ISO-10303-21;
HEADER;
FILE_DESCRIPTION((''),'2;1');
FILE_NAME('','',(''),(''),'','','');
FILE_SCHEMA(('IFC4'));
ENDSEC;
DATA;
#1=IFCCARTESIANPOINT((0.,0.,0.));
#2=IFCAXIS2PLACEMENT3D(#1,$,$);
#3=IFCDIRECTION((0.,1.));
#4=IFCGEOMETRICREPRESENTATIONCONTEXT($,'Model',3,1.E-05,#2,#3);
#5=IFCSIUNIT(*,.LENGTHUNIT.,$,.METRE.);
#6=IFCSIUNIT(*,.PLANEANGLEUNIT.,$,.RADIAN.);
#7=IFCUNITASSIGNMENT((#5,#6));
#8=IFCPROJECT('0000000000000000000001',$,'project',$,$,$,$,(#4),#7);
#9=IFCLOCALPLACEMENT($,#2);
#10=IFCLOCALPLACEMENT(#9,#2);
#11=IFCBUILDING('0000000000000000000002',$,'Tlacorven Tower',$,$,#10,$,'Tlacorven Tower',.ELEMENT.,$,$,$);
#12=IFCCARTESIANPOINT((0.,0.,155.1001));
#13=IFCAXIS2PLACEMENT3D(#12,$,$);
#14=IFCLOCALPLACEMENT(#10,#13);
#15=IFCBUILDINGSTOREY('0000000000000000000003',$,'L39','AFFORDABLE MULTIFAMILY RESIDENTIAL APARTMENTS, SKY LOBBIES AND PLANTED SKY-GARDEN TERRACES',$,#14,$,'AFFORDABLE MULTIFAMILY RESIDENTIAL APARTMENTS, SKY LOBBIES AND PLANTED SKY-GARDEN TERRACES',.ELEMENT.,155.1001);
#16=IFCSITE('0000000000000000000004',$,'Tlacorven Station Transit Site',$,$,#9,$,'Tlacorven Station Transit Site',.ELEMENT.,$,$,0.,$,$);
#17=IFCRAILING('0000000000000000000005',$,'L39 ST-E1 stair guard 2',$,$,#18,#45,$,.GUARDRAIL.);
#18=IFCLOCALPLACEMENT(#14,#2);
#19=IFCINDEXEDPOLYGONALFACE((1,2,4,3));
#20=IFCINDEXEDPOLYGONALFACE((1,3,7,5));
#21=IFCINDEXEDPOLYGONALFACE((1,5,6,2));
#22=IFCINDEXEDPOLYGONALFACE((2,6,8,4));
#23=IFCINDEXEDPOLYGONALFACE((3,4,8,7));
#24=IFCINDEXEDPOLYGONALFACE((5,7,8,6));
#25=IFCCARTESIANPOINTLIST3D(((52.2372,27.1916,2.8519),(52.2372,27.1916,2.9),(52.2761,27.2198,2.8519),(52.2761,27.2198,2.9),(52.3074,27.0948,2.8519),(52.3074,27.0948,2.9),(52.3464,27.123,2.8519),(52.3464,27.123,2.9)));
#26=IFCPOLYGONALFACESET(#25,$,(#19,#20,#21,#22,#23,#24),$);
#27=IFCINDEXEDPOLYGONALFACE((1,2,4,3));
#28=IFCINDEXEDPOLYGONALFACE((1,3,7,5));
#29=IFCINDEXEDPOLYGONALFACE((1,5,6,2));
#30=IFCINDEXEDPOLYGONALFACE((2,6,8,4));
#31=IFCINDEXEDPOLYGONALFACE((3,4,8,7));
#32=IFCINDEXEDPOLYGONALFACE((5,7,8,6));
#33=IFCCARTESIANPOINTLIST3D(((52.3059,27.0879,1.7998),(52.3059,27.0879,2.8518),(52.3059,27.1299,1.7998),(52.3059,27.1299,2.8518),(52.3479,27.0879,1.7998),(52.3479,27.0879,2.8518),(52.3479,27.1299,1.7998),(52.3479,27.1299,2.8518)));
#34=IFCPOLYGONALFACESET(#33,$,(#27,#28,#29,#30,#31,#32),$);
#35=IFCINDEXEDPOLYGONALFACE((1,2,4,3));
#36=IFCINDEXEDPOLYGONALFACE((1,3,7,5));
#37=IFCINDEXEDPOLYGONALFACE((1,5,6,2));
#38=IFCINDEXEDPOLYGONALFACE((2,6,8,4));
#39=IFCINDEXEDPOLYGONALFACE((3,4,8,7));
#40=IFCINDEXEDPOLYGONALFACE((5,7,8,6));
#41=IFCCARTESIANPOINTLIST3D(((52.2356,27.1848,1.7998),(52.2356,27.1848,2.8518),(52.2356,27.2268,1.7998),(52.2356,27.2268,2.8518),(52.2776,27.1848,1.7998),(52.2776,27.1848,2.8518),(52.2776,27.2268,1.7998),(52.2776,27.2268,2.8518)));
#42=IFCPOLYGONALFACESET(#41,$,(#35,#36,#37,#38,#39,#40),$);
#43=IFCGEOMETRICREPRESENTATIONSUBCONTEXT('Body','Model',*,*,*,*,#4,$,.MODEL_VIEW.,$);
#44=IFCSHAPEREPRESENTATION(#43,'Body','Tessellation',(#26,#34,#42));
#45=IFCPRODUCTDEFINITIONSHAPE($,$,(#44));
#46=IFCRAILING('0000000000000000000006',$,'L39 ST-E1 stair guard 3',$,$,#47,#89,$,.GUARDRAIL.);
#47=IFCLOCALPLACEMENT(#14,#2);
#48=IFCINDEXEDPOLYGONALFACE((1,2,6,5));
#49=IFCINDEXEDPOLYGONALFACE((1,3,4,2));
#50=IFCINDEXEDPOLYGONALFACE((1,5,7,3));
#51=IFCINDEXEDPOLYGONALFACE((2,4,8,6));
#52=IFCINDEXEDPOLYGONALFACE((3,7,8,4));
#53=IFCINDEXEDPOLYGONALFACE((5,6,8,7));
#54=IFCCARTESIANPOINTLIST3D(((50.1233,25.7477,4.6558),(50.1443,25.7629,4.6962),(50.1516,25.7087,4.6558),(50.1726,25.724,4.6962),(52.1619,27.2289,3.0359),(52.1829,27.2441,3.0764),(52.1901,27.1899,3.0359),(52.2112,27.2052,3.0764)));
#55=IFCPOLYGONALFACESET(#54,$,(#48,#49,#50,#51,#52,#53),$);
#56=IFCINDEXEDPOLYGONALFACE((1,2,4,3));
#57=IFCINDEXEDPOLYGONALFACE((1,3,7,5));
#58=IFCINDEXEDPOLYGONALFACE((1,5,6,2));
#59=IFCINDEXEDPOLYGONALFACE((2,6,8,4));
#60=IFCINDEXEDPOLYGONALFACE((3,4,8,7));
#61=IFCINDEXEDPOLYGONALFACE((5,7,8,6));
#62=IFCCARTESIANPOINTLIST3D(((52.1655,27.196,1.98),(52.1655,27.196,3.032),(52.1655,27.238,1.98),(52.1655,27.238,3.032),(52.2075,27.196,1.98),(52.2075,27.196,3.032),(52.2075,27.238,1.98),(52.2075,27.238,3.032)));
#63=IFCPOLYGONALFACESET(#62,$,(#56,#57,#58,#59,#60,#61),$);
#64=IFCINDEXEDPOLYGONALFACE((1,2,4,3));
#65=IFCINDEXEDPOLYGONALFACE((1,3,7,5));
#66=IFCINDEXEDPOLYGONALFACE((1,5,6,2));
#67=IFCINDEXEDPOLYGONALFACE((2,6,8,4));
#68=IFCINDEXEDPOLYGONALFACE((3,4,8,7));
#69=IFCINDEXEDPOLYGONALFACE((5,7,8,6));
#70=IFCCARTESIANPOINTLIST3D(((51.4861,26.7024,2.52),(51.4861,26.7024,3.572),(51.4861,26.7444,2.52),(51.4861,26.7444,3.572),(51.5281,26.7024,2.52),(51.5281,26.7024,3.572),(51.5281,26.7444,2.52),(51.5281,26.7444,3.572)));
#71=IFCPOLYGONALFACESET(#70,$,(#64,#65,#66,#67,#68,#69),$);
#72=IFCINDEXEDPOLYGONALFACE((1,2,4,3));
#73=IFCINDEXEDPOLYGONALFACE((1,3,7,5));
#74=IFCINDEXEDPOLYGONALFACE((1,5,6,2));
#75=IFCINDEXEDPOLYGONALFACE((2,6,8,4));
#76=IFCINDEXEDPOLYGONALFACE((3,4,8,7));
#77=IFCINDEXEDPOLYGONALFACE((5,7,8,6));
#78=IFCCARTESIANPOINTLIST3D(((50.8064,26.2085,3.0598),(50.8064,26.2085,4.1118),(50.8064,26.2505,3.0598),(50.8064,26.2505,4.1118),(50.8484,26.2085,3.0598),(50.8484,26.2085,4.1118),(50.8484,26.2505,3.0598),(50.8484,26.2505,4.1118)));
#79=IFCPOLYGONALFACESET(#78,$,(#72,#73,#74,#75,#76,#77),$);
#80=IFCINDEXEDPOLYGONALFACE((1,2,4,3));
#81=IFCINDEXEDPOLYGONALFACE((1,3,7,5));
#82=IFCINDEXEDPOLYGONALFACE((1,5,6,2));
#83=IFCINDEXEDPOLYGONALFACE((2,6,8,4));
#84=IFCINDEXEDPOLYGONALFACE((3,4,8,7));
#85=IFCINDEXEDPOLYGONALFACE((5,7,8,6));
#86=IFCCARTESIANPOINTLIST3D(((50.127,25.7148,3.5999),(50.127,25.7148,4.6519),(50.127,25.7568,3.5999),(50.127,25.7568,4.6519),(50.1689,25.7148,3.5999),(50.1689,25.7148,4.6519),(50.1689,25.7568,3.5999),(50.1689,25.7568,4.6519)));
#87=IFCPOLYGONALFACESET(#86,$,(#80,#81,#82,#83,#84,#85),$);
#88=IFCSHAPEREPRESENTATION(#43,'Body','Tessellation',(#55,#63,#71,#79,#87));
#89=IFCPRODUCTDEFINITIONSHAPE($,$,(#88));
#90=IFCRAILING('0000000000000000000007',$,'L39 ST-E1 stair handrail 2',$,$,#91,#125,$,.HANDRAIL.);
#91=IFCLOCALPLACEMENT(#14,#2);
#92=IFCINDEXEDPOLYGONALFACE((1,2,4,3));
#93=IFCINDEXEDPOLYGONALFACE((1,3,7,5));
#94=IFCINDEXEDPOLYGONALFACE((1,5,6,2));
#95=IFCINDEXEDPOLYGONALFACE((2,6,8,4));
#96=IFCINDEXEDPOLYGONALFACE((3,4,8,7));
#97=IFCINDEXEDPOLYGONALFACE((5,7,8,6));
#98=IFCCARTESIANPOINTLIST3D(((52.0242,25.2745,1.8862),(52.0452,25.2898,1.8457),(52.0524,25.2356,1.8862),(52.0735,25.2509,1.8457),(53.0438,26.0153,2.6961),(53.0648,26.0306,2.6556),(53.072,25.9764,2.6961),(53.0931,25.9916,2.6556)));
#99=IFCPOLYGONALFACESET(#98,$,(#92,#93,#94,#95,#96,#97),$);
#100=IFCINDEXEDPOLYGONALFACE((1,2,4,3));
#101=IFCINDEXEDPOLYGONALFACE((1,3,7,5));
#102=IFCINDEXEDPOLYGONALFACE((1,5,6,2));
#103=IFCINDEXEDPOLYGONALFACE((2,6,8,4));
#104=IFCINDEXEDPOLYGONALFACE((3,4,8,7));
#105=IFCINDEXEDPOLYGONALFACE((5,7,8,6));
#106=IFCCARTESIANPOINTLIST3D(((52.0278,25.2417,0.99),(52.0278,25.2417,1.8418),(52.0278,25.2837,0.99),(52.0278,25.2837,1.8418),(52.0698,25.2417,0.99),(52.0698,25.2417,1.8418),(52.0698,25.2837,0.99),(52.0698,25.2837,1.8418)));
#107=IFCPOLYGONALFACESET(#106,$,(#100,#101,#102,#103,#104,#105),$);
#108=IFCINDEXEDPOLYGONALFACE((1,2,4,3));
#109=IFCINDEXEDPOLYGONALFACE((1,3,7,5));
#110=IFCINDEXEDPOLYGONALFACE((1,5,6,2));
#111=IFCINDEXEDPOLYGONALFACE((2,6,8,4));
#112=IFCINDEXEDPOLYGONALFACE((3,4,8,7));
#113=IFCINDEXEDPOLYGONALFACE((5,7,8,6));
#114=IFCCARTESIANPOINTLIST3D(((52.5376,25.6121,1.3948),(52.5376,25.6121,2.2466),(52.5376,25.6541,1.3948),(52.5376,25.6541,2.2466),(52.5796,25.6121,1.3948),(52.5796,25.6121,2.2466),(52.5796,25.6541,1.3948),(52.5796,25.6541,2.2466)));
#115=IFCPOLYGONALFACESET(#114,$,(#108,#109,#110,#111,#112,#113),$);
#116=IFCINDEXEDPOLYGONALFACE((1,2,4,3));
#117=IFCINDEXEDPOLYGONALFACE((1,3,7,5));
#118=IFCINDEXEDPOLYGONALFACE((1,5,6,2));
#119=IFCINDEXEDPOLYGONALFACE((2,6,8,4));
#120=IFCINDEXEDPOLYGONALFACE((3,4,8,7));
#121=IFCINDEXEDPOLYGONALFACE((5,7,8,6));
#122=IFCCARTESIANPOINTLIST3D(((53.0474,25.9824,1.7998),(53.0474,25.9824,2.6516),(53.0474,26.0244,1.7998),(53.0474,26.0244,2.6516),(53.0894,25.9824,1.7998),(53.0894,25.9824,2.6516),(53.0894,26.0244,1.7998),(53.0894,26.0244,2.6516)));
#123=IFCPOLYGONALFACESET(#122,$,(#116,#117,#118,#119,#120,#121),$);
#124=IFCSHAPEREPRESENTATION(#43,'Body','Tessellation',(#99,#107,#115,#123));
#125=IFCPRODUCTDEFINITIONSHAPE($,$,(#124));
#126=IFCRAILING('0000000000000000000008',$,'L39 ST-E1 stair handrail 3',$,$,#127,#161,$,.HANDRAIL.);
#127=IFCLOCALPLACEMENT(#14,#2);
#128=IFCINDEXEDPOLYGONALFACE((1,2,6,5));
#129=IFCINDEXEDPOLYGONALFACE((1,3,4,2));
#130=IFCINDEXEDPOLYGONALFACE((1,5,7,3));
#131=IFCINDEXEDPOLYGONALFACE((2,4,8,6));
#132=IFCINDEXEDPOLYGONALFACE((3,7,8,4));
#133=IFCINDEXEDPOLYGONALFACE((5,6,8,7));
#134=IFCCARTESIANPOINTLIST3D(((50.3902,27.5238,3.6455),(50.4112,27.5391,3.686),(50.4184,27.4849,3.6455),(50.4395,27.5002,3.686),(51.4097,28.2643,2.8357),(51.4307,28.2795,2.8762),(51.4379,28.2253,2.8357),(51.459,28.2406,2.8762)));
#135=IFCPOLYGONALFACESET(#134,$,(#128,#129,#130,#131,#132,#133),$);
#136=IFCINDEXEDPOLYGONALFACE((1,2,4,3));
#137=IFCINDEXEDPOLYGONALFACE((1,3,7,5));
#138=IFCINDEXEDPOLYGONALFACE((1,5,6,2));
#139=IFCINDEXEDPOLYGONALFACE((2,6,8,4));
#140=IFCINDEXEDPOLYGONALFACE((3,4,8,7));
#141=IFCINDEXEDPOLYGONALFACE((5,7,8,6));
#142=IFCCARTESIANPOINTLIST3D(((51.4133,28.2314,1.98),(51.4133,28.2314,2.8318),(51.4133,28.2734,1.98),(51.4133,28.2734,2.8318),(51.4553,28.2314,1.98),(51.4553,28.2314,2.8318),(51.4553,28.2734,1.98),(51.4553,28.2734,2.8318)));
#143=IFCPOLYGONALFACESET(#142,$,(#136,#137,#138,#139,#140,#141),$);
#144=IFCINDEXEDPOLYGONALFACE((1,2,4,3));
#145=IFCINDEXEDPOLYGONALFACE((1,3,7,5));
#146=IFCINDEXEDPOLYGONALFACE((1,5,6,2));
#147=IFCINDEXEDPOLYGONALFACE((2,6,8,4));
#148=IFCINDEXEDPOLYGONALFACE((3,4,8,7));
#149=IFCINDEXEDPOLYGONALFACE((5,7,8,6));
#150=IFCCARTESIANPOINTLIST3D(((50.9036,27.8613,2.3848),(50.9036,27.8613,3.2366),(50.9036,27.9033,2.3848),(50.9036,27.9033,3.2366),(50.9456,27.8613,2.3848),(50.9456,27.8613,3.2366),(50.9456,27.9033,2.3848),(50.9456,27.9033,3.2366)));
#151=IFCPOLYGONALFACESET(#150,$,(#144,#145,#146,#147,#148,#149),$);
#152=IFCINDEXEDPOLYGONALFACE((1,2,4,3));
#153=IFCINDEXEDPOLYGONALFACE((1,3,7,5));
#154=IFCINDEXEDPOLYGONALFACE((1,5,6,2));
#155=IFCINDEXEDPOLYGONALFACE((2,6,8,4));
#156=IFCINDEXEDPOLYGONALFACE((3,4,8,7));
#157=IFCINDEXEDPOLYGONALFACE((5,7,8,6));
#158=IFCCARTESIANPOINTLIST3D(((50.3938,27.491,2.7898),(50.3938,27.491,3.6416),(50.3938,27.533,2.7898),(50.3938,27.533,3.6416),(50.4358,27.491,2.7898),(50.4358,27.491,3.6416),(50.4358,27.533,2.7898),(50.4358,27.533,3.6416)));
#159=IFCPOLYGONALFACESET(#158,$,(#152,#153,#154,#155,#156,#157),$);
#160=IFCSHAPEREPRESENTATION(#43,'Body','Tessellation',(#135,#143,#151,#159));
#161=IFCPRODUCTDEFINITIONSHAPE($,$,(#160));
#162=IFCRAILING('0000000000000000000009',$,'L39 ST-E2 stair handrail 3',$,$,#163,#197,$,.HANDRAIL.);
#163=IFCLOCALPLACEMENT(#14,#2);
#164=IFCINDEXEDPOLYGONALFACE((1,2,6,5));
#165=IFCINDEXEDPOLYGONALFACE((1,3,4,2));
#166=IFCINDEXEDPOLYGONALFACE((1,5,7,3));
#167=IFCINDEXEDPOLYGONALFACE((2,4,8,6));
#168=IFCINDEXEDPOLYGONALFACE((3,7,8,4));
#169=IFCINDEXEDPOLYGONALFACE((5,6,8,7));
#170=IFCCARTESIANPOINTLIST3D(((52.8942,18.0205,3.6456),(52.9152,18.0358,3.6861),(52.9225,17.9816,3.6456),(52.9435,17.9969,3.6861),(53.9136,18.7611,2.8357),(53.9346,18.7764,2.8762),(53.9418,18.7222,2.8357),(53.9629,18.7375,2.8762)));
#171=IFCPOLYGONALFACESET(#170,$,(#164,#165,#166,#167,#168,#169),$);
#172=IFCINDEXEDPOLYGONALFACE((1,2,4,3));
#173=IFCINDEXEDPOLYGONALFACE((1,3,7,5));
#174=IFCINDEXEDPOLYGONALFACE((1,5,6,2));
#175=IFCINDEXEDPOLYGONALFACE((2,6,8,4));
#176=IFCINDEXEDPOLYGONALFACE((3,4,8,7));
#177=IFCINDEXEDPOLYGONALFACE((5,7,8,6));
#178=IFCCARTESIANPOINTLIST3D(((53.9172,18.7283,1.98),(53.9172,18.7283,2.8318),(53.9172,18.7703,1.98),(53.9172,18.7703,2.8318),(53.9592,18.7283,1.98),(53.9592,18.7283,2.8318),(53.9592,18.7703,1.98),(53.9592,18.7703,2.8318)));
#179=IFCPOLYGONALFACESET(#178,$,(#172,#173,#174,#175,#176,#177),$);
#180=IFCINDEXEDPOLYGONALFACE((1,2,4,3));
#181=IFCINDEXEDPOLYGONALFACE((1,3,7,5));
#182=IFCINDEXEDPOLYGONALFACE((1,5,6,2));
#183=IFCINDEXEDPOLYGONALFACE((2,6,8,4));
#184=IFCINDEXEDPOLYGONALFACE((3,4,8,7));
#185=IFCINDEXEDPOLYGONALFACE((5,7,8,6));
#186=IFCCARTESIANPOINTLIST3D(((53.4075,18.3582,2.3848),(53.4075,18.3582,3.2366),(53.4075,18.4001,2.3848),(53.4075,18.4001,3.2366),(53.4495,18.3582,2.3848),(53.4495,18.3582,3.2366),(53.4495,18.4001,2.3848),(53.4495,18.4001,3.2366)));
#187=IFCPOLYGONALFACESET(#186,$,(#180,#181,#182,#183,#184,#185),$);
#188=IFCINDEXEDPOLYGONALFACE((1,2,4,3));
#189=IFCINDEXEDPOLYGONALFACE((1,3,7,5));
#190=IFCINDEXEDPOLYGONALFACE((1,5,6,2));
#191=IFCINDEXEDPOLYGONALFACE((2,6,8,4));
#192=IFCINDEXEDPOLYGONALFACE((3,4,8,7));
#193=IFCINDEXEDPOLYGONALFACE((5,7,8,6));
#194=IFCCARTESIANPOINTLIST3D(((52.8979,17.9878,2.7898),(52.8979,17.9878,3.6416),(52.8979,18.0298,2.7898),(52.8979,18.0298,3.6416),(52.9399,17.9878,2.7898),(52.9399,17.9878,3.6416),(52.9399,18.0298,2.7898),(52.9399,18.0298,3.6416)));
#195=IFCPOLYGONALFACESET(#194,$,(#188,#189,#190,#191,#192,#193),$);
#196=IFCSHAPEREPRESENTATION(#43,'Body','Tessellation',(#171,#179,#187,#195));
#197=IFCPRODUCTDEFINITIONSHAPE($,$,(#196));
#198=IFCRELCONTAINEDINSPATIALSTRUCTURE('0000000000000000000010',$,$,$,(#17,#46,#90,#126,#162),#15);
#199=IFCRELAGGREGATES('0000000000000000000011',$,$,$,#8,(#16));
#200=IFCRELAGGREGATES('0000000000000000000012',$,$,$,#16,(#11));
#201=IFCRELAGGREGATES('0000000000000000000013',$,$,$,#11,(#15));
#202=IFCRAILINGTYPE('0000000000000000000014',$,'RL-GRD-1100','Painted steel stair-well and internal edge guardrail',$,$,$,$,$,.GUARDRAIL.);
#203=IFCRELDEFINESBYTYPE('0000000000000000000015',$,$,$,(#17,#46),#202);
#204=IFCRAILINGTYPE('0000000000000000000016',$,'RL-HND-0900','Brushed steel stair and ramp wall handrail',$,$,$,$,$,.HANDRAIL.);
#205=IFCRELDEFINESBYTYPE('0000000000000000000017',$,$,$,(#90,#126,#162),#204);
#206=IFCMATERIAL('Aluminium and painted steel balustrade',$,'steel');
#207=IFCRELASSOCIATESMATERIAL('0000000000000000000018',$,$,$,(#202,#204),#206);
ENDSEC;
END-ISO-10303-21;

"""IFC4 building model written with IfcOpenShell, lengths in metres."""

from ifc_helpers import new_model, si_unit, direction, frame, origin, origin_2d, place, context, subcontext, project, spatial, rectangle, extrude, source, transform, mapped, material, type_object, element, save


model = new_model("IFC4")

# Units and contexts
model_context = context("Model", 3, precision=1e-05, world=origin(), true_north=direction((0.0, 1.0)))
body_context = subcontext(model_context, "Body", "Model", "MODEL_VIEW")
ifc_project = project(units=[si_unit("LENGTHUNIT", "METRE"), si_unit("PLANEANGLEUNIT", "RADIAN")], contexts=[model_context])

# Site, building, storey
site_placement = place(None, origin())
site = spatial("IfcSite", under=ifc_project, at=site_placement, Name="Tlacorven Station Transit Site", LongName="Tlacorven Station Transit Site", CompositionType="ELEMENT", RefElevation=0.0)
building_placement = place(site_placement, origin())
building = spatial("IfcBuilding", under=site, at=building_placement, Name="Tlacorven Tower", LongName="Tlacorven Tower", CompositionType="ELEMENT")
storey_placement = place(building_placement, frame((0.0, 0.0, 155.1001)))
storey = spatial("IfcBuildingStorey", under=building, at=storey_placement, Name="L39", Description="AFFORDABLE MULTIFAMILY RESIDENTIAL APARTMENTS, SKY LOBBIES AND PLANTED SKY-GARDEN TERRACES", LongName="AFFORDABLE MULTIFAMILY RESIDENTIAL APARTMENTS, SKY LOBBIES AND PLANTED SKY-GARDEN TERRACES", CompositionType="ELEMENT", Elevation=155.1001)

# Railings
ifc_material_1 = material(Name="Aluminium and painted steel balustrade", Category="steel")
railing_type_1 = type_object("IfcRailingType", Name="RL-GRD-1100", Description="Painted steel stair-well and internal edge guardrail", PredefinedType="GUARDRAIL", material=ifc_material_1)
shared_shape_1 = source(origin(), body_context, "Body", "SweptSolid", [
    extrude(rectangle(XDim=0.0481, YDim=0.0481, at=origin_2d()), frame((0.0, 0.0, 1.0762), z_axis=(-0.587201, 0.809441, 0.0), x_axis=(-0.809441, -0.587201, 0.0)), (0.0, 0.0, 1.0), 0.1196),
    extrude(rectangle(XDim=0.042, YDim=0.042, at=origin_2d()), origin(), (0.0, 0.0, 1.0), 1.052),
    extrude(rectangle(XDim=0.042, YDim=0.042, at=origin_2d()), frame((-0.0703, 0.0969, 0.0)), (0.0, 0.0, 1.0), 1.052),
])
railing_1_placement = place(storey_placement, frame((52.3269, 27.1089, 1.7998)))
element("IfcRailing", 1, at=railing_1_placement, inside=storey, type_object=railing_type_1, Name="L39 ST-E1 stair guard 2", PredefinedType="GUARDRAIL", context=body_context, shape_type="MappedRepresentation", body=[
    mapped(shared_shape_1, transform((0.0, 0.0, 0.0), scale=1.0)),
])
shared_shape_2 = source(origin(), body_context, "Body", "SweptSolid", [
    extrude(rectangle(XDim=0.0481, YDim=0.0481, at=origin_2d()), frame((0.0, 0.0, 1.0762), z_axis=(-0.680519, -0.494456, 0.540747), x_axis=(0.587809, -0.809, 0.0)), (0.0, 0.0, 1.0), 2.9956),
    extrude(rectangle(XDim=0.042, YDim=0.042, at=origin_2d()), origin(), (0.0, 0.0, 1.0), 1.052),
    extrude(rectangle(XDim=0.042, YDim=0.042, at=origin_2d()), frame((-0.6794, -0.4937, 0.54)), (0.0, 0.0, 1.0), 1.052),
    extrude(rectangle(XDim=0.042, YDim=0.042, at=origin_2d()), frame((-1.3591, -0.9875, 1.0798)), (0.0, 0.0, 1.0), 1.052),
    extrude(rectangle(XDim=0.042, YDim=0.042, at=origin_2d()), frame((-2.0386, -1.4812, 1.6199)), (0.0, 0.0, 1.0), 1.052),
])
railing_2_placement = place(storey_placement, frame((52.1865, 27.217, 1.98)))
element("IfcRailing", 2, at=railing_2_placement, inside=storey, type_object=railing_type_1, Name="L39 ST-E1 stair guard 3", PredefinedType="GUARDRAIL", context=body_context, shape_type="MappedRepresentation", body=[
    mapped(shared_shape_2, transform((0.0, 0.0, 0.0), scale=1.0)),
])
railing_type_2 = type_object("IfcRailingType", Name="RL-HND-0900", Description="Brushed steel stair and ramp wall handrail", PredefinedType="HANDRAIL", material=ifc_material_1)
shared_shape_3 = source(origin(), body_context, "Body", "SweptSolid", [
    extrude(rectangle(XDim=0.0481, YDim=0.0481, at=origin_2d()), frame((0.0, 0.0, 0.876), z_axis=(0.680609, 0.494484, 0.540608), x_axis=(-0.58778, 0.809021, 0.0)), (0.0, 0.0, 1.0), 1.498),
    extrude(rectangle(XDim=0.042, YDim=0.042, at=origin_2d()), origin(), (0.0, 0.0, 1.0), 0.8518),
    extrude(rectangle(XDim=0.042, YDim=0.042, at=origin_2d()), frame((0.5098, 0.3704, 0.4048)), (0.0, 0.0, 1.0), 0.8518),
    extrude(rectangle(XDim=0.042, YDim=0.042, at=origin_2d()), frame((1.0195, 0.7407, 0.8098)), (0.0, 0.0, 1.0), 0.8518),
])
railing_3_placement = place(storey_placement, frame((52.0488, 25.2627, 0.99)))
element("IfcRailing", 3, at=railing_3_placement, inside=storey, type_object=railing_type_2, Name="L39 ST-E1 stair handrail 2", PredefinedType="HANDRAIL", context=body_context, shape_type="MappedRepresentation", body=[
    mapped(shared_shape_3, transform((0.0, 0.0, 0.0), scale=1.0)),
])
shared_shape_4 = source(origin(), body_context, "Body", "SweptSolid", [
    extrude(rectangle(XDim=0.0481, YDim=0.0481, at=origin_2d()), frame((0.0, 0.0, 0.876), z_axis=(-0.680664, -0.494361, 0.540652), x_axis=(0.587653, -0.809113, 0.0)), (0.0, 0.0, 1.0), 1.4978),
    extrude(rectangle(XDim=0.042, YDim=0.042, at=origin_2d()), origin(), (0.0, 0.0, 1.0), 0.8518),
    extrude(rectangle(XDim=0.042, YDim=0.042, at=origin_2d()), frame((-0.5098, -0.3701, 0.4048)), (0.0, 0.0, 1.0), 0.8518),
    extrude(rectangle(XDim=0.042, YDim=0.042, at=origin_2d()), frame((-1.0195, -0.7405, 0.8098)), (0.0, 0.0, 1.0), 0.8518),
])
railing_4_placement = place(storey_placement, frame((51.4343, 28.2524, 1.98)))
element("IfcRailing", 4, at=railing_4_placement, inside=storey, type_object=railing_type_2, Name="L39 ST-E1 stair handrail 3", PredefinedType="HANDRAIL", context=body_context, shape_type="MappedRepresentation", body=[
    mapped(shared_shape_4, transform((0.0, 0.0, 0.0), scale=1.0)),
])
shared_shape_5 = source(origin(), body_context, "Body", "SweptSolid", [
    extrude(rectangle(XDim=0.0481, YDim=0.0481, at=origin_2d()), frame((0.0, 0.0, 0.876), z_axis=(-0.680576, -0.494416, 0.540712), x_axis=(0.587745, -0.809046, 0.0)), (0.0, 0.0, 1.0), 1.4978),
    extrude(rectangle(XDim=0.042, YDim=0.042, at=origin_2d()), origin(), (0.0, 0.0, 1.0), 0.8518),
    extrude(rectangle(XDim=0.042, YDim=0.042, at=origin_2d()), frame((-0.5098, -0.3701, 0.4048)), (0.0, 0.0, 1.0), 0.8518),
    extrude(rectangle(XDim=0.042, YDim=0.042, at=origin_2d()), frame((-1.0193, -0.7405, 0.8098)), (0.0, 0.0, 1.0), 0.8518),
])
railing_5_placement = place(storey_placement, frame((53.9382, 18.7493, 1.98)))
element("IfcRailing", 5, at=railing_5_placement, inside=storey, type_object=railing_type_2, Name="L39 ST-E2 stair handrail 3", PredefinedType="HANDRAIL", context=body_context, shape_type="MappedRepresentation", body=[
    mapped(shared_shape_5, transform((0.0, 0.0, 0.0), scale=1.0)),
])

save(model, "model.ifc")
